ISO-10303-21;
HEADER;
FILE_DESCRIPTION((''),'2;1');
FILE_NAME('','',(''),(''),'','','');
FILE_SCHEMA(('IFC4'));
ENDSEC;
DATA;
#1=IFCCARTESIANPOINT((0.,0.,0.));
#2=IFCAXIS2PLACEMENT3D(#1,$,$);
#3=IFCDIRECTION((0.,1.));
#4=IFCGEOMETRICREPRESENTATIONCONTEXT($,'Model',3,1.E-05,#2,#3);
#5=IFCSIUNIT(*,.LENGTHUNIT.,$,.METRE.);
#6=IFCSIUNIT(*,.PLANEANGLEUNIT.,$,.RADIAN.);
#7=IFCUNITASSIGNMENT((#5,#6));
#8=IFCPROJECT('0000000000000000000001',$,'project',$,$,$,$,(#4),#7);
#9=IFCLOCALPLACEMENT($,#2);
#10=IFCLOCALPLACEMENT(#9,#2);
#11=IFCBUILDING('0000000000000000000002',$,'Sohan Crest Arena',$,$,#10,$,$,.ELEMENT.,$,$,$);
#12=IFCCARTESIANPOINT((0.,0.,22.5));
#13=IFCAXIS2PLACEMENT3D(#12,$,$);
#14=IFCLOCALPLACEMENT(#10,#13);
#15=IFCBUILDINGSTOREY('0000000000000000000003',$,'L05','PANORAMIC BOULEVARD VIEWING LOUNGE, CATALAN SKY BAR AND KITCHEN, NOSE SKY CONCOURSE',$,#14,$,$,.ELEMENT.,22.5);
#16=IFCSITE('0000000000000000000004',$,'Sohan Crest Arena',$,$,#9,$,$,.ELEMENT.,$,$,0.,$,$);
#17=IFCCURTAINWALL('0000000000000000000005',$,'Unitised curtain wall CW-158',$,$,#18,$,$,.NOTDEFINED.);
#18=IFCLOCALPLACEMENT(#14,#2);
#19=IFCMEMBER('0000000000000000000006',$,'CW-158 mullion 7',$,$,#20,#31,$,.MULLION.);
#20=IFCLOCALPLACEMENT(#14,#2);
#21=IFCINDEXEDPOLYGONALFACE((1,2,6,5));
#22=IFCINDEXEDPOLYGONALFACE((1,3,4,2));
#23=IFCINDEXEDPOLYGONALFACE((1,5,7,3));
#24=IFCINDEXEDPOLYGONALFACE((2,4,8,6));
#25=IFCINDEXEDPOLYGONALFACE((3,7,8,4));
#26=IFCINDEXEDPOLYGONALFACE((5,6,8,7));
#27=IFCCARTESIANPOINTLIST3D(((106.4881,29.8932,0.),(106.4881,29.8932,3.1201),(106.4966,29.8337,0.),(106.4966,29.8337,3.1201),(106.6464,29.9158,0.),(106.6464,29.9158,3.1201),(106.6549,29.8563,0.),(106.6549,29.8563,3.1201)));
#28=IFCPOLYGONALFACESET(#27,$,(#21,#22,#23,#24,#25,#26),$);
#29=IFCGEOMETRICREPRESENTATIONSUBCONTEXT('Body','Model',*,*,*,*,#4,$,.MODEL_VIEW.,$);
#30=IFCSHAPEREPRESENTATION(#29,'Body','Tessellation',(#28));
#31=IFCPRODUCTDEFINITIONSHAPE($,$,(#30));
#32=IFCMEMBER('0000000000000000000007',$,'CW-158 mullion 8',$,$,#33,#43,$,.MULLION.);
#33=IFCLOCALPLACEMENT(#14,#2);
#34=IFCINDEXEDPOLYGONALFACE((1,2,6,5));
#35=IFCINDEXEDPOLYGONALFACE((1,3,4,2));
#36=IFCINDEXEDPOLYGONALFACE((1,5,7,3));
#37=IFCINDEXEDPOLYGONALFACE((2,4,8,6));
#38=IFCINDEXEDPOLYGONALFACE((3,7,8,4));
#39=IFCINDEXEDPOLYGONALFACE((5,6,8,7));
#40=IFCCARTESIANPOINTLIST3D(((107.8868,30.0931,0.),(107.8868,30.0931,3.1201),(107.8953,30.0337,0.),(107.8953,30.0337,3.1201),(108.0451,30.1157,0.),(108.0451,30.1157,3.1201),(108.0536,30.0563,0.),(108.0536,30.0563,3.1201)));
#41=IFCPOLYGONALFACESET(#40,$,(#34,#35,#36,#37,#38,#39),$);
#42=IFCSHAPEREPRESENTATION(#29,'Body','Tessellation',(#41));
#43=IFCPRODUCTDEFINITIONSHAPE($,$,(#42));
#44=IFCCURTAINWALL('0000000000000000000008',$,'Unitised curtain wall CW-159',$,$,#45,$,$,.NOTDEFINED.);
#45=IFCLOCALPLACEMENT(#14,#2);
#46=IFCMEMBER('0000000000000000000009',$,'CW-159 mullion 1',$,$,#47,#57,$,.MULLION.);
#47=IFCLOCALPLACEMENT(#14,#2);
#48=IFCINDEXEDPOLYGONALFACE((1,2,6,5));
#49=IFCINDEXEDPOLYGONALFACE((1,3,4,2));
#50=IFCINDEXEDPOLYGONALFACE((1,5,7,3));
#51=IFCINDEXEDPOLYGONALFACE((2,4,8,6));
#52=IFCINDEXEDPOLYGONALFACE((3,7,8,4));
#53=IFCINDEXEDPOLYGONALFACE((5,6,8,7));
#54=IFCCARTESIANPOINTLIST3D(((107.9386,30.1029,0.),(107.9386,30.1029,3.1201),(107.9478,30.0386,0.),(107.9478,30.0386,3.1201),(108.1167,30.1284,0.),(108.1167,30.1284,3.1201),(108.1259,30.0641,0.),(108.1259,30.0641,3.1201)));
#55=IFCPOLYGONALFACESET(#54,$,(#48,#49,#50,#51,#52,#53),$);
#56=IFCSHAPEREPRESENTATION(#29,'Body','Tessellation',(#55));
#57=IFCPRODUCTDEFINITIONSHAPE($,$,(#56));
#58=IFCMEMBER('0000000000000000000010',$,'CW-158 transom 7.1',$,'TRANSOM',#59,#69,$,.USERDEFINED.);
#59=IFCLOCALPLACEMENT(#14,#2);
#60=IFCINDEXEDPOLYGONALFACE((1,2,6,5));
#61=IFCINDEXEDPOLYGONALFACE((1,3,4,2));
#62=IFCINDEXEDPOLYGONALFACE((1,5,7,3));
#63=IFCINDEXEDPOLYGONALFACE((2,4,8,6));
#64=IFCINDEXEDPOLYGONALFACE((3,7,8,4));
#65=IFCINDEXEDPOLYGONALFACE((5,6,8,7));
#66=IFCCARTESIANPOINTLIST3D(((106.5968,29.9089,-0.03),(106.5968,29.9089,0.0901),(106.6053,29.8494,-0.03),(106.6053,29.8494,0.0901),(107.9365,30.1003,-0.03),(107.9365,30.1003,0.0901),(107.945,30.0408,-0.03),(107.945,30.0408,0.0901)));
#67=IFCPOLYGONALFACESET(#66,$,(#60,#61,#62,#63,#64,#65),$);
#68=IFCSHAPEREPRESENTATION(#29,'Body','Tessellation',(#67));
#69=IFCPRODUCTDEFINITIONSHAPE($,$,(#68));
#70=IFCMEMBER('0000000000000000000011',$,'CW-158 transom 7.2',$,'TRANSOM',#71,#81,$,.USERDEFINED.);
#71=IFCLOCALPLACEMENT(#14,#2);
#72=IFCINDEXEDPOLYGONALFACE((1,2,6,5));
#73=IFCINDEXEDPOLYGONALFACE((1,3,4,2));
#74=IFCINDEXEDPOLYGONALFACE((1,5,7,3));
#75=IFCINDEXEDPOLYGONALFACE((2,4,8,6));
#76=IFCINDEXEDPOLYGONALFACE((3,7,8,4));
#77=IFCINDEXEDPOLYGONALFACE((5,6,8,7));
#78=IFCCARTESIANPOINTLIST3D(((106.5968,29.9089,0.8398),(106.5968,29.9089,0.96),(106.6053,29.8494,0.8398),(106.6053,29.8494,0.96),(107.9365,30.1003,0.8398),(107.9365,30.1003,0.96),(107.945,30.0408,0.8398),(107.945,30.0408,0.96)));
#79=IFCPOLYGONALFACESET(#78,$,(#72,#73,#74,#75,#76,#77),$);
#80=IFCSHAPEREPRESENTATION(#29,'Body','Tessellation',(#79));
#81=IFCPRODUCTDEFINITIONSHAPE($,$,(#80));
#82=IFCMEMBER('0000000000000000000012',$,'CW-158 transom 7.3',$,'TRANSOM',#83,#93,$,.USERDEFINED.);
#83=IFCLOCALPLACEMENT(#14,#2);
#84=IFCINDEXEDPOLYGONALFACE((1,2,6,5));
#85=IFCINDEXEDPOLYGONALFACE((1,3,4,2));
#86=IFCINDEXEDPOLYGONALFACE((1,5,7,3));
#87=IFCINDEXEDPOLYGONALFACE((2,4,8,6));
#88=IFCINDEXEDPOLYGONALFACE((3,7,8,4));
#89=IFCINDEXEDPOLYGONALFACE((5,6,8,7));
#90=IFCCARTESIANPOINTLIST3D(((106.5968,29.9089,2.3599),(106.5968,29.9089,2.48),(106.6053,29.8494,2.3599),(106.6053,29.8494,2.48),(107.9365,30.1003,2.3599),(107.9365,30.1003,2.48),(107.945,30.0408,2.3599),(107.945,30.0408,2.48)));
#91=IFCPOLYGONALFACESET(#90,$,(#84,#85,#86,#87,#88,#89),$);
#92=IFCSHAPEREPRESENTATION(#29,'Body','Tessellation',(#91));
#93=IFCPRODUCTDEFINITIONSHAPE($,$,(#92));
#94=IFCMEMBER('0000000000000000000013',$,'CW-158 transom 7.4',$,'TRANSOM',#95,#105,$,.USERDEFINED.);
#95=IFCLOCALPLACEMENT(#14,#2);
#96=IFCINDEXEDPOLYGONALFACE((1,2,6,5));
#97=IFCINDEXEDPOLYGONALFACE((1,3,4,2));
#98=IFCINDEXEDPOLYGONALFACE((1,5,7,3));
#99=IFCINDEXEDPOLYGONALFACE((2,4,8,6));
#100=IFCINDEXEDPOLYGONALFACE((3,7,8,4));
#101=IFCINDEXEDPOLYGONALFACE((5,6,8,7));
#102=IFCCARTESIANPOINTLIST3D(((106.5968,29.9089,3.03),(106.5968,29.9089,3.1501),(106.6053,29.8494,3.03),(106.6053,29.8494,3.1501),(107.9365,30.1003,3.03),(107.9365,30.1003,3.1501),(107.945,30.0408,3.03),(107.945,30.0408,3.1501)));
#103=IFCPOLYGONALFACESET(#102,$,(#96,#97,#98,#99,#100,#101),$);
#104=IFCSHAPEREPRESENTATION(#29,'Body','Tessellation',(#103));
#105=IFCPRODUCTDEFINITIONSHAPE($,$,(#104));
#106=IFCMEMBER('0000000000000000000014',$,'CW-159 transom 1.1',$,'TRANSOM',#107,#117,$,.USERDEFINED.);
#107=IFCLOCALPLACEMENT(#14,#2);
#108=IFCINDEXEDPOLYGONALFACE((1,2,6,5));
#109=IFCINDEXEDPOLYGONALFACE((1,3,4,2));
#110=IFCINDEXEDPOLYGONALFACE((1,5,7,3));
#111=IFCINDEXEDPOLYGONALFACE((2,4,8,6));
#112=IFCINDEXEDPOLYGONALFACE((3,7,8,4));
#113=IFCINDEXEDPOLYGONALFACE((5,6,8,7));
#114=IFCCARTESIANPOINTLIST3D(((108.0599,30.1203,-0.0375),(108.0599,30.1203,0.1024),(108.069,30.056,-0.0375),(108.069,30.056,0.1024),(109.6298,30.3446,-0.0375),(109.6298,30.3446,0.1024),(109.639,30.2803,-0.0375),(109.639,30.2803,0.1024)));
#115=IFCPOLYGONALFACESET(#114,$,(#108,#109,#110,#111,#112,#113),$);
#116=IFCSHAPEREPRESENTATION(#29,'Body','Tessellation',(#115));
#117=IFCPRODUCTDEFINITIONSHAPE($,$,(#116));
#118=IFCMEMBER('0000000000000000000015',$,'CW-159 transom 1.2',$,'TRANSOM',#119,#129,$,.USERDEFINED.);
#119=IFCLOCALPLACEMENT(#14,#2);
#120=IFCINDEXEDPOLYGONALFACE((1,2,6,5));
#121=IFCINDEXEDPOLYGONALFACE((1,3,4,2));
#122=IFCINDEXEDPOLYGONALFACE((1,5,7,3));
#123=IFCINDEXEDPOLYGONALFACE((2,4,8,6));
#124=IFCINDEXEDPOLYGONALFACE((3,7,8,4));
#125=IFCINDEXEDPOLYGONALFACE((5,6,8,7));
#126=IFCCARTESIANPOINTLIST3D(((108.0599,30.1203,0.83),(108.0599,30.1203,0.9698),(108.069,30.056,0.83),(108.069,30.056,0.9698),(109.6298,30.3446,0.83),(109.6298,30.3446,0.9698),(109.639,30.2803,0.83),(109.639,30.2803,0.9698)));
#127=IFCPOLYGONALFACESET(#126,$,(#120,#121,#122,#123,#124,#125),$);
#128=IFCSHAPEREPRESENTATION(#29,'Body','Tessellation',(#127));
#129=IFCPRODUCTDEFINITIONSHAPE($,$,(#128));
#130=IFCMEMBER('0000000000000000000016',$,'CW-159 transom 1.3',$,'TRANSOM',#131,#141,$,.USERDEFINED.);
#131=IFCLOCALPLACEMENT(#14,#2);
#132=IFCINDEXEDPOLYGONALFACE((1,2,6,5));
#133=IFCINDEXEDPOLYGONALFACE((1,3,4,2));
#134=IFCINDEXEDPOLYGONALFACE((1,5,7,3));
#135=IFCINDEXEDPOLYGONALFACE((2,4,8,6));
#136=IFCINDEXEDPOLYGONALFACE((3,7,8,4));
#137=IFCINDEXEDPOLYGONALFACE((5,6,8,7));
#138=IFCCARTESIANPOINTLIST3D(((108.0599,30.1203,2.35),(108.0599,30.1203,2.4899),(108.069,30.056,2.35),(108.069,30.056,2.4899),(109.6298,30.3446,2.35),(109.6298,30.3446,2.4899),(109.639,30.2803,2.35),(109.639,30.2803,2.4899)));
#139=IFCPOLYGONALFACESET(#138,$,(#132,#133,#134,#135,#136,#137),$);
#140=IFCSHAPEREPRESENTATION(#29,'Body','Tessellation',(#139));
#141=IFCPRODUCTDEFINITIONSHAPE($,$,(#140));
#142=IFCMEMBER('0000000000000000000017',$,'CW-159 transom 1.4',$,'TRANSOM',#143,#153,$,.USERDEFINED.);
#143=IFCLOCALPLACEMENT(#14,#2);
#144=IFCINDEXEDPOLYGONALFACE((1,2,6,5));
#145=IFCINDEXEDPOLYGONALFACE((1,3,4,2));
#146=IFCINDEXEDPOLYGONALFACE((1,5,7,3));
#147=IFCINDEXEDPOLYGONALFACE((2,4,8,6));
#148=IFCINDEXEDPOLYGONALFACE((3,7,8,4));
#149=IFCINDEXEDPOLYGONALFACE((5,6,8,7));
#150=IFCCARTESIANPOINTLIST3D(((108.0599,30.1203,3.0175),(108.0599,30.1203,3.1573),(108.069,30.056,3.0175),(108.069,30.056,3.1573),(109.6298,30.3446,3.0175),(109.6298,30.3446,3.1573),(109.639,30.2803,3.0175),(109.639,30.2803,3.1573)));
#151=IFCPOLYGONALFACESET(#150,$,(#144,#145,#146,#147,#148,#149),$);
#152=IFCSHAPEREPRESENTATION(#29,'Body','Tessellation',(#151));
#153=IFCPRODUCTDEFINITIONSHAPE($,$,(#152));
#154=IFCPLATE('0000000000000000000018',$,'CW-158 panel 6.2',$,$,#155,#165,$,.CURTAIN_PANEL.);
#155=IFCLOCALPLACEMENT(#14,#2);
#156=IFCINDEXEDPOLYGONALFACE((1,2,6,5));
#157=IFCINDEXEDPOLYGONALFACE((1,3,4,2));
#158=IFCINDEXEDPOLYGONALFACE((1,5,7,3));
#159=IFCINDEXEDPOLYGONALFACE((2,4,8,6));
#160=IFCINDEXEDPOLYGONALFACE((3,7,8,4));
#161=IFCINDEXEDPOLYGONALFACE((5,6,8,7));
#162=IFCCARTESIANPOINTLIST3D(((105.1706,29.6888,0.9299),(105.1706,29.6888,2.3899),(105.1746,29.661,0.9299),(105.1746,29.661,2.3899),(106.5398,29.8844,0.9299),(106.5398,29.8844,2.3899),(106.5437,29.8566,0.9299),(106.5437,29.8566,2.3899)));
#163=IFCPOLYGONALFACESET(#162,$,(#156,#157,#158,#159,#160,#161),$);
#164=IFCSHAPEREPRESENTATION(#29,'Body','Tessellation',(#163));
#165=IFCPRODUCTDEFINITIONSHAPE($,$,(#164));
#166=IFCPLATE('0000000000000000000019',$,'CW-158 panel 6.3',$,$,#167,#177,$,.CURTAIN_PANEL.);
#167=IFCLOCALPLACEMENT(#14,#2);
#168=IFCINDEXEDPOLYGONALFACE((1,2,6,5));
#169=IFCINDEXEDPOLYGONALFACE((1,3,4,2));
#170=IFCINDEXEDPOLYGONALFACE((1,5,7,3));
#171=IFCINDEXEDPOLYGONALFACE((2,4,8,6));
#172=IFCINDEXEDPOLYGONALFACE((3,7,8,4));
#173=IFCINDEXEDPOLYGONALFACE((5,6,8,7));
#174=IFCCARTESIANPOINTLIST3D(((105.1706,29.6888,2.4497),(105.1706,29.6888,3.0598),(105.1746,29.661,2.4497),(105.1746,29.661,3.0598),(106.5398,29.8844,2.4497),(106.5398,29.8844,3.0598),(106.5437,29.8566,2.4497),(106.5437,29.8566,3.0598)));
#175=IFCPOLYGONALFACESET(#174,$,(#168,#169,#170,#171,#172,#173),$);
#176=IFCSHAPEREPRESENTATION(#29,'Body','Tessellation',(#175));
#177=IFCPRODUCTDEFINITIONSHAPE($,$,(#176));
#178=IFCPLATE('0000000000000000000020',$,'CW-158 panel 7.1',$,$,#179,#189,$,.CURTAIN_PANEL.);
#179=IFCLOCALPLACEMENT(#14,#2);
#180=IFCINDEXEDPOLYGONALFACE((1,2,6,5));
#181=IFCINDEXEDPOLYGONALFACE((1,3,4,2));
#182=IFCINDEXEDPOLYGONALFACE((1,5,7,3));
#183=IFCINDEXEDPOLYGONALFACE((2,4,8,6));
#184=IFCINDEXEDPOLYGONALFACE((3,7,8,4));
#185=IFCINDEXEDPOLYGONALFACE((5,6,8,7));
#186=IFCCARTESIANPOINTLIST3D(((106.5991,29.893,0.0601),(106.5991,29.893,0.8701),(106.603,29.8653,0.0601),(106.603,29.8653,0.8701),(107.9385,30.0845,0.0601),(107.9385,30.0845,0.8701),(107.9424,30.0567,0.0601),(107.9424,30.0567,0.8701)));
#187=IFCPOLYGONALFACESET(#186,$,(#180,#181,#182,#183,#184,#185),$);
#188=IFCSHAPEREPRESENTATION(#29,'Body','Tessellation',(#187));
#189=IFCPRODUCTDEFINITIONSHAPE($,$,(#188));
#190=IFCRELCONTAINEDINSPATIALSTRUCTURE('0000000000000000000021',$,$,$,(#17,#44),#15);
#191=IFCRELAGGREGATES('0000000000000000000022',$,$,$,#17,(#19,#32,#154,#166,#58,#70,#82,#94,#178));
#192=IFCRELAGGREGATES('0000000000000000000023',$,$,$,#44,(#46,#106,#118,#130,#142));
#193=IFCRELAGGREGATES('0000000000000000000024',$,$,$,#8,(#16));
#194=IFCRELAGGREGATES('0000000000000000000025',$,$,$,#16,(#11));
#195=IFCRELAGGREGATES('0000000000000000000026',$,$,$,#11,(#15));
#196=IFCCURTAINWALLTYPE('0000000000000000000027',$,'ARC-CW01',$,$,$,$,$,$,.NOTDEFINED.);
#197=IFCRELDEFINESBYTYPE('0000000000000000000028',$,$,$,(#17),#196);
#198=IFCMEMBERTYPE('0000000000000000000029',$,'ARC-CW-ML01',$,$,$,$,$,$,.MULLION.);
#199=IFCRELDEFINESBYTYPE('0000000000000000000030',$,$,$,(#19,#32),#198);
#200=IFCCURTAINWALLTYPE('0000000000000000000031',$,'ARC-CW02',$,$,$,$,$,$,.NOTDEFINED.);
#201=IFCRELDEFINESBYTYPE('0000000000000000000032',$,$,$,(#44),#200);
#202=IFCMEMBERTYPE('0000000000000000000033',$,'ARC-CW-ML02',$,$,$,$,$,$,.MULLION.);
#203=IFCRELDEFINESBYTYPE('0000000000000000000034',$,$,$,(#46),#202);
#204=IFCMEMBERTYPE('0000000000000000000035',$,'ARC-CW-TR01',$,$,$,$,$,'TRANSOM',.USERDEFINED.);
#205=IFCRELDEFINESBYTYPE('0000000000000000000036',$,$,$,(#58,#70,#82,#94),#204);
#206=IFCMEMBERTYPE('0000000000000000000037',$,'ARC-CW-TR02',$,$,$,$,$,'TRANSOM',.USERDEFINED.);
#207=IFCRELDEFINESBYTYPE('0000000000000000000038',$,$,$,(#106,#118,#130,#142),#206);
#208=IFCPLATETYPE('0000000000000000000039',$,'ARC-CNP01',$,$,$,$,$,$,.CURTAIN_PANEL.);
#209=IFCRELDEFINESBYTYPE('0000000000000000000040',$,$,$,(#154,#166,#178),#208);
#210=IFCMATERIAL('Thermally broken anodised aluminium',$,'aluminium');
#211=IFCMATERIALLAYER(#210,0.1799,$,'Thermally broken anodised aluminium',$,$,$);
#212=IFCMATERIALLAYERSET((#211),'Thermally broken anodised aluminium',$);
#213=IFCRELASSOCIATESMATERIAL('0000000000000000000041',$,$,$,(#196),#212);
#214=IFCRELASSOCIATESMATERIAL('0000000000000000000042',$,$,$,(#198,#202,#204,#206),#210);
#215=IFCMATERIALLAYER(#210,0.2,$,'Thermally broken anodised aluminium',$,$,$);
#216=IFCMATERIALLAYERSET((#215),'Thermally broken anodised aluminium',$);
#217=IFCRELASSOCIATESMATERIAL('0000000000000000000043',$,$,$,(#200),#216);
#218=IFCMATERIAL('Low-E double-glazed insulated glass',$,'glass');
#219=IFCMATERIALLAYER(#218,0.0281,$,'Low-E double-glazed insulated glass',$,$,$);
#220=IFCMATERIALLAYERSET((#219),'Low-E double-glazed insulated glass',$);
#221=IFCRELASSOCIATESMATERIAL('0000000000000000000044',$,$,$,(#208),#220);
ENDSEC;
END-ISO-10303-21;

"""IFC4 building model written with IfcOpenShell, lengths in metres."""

from ifc_helpers import new_model, si_unit, direction, frame, origin, origin_2d, place, context, subcontext, project, spatial, rectangle, extrude, material, layer, layer_set, material_profile, profile_set, type_object, element, aggregate, save


model = new_model("IFC4")

# Units and contexts
model_context = context("Model", 3, precision=1e-05, world=origin(), true_north=direction((0.0, 1.0)))
body_context = subcontext(model_context, "Body", "Model", "MODEL_VIEW")
ifc_project = project(units=[si_unit("LENGTHUNIT", "METRE"), si_unit("PLANEANGLEUNIT", "RADIAN")], contexts=[model_context])

# Site, building, storey
site_placement = place(None, origin())
site = spatial("IfcSite", under=ifc_project, at=site_placement, Name="Sohan Crest Arena", CompositionType="ELEMENT", RefElevation=0.0)
building_placement = place(site_placement, origin())
building = spatial("IfcBuilding", under=site, at=building_placement, Name="Sohan Crest Arena", CompositionType="ELEMENT")
storey_placement = place(building_placement, frame((0.0, 0.0, 22.5)))
storey = spatial("IfcBuildingStorey", under=building, at=storey_placement, Name="L05", Description="PANORAMIC BOULEVARD VIEWING LOUNGE, CATALAN SKY BAR AND KITCHEN, NOSE SKY CONCOURSE", CompositionType="ELEMENT", Elevation=22.5)

# Curtain wall, members
ifc_material_1 = material(Name="Thermally broken anodised aluminium", Category="aluminium")
ifc_layer_1 = layer(ifc_material_1, 0.1799, Name="Thermally broken anodised aluminium")
ifc_layer_set_1 = layer_set([ifc_layer_1], Name="Thermally broken anodised aluminium")
curtain_wall_type_1 = type_object("IfcCurtainWallType", Name="ARC-CW01", PredefinedType="NOTDEFINED", material=ifc_layer_set_1)
curtain_wall_1_placement = place(storey_placement, origin())
curtain_wall_1 = element("IfcCurtainWall", 1, at=curtain_wall_1_placement, inside=storey, type_object=curtain_wall_type_1, Name="Unitised curtain wall CW-158", PredefinedType="NOTDEFINED")
ifc_material_profile_1 = material_profile(ifc_material_1, rectangle(XDim=0.0601, YDim=0.1599, at=origin_2d()), Name="ALU-MULL 60x160")
ifc_profile_set_1 = profile_set([ifc_material_profile_1], Name="Thermally broken anodised aluminium")
member_type_1 = type_object("IfcMemberType", Name="ARC-CW-ML01", PredefinedType="MULLION", material=ifc_profile_set_1)
member_1_placement = place(storey_placement, frame((106.5715, 29.8748, 0.0), z_axis=(0.0, 0.0, 1.0), x_axis=(-0.141463, 0.989944, 0.0)))
member_1 = element("IfcMember", 2, at=member_1_placement, type_object=member_type_1, Name="CW-158 mullion 7", PredefinedType="MULLION", context=body_context, shape_type="SweptSolid", body=[
    extrude(rectangle(XDim=0.0601, YDim=0.1599, at=origin_2d()), origin(), (0.0, 0.0, 1.0), 3.1201),
])
member_2_placement = place(storey_placement, frame((107.9702, 30.0747, 0.0), z_axis=(0.0, 0.0, 1.0), x_axis=(-0.141463, 0.989944, 0.0)))
member_2 = element("IfcMember", 3, at=member_2_placement, type_object=member_type_1, Name="CW-158 mullion 8", PredefinedType="MULLION", context=body_context, shape_type="SweptSolid", body=[
    extrude(rectangle(XDim=0.0601, YDim=0.1599, at=origin_2d()), origin(), (0.0, 0.0, 1.0), 3.1201),
])

# Curtain wall, member
ifc_layer_2 = layer(ifc_material_1, 0.2, Name="Thermally broken anodised aluminium")
ifc_layer_set_2 = layer_set([ifc_layer_2], Name="Thermally broken anodised aluminium")
curtain_wall_type_2 = type_object("IfcCurtainWallType", Name="ARC-CW02", PredefinedType="NOTDEFINED", material=ifc_layer_set_2)
curtain_wall_2_placement = place(storey_placement, origin())
curtain_wall_2 = element("IfcCurtainWall", 4, at=curtain_wall_2_placement, inside=storey, type_object=curtain_wall_type_2, Name="Unitised curtain wall CW-159", PredefinedType="NOTDEFINED")
ifc_material_profile_2 = material_profile(ifc_material_1, rectangle(XDim=0.0649, YDim=0.1799, at=origin_2d()), Name="ALU-MULL 65x180")
ifc_profile_set_2 = profile_set([ifc_material_profile_2], Name="Thermally broken anodised aluminium")
member_type_2 = type_object("IfcMemberType", Name="ARC-CW-ML02", PredefinedType="MULLION", material=ifc_profile_set_2)
member_3_placement = place(storey_placement, frame((108.0322, 30.0835, 0.0), z_axis=(0.0, 0.0, 1.0), x_axis=(-0.141366, 0.989957, 0.0)))
member_3 = element("IfcMember", 5, at=member_3_placement, type_object=member_type_2, Name="CW-159 mullion 1", PredefinedType="MULLION", context=body_context, shape_type="SweptSolid", body=[
    extrude(rectangle(XDim=0.0649, YDim=0.1799, at=origin_2d()), origin(), (0.0, 0.0, 1.0), 3.1201),
])

# Members
ifc_material_profile_3 = material_profile(ifc_material_1, rectangle(XDim=0.0601, YDim=0.1201, at=origin_2d()), Name="ALU-TRAN 60x120")
ifc_profile_set_3 = profile_set([ifc_material_profile_3], Name="Thermally broken anodised aluminium")
member_type_3 = type_object("IfcMemberType", Name="ARC-CW-TR01", ElementType="TRANSOM", PredefinedType="USERDEFINED", material=ifc_profile_set_3)
member_4_placement = place(storey_placement, frame((106.6011, 29.8792, 0.03), z_axis=(0.989946, 0.141447, 0.0), x_axis=(-0.141447, 0.989946, 0.0)))
member_4 = element("IfcMember", 6, at=member_4_placement, type_object=member_type_3, Name="CW-158 transom 7.1", ObjectType="TRANSOM", PredefinedType="USERDEFINED", context=body_context, shape_type="SweptSolid", body=[
    extrude(rectangle(XDim=0.0601, YDim=0.1201, at=origin_2d()), origin(), (0.0, 0.0, 1.0), 1.3533),
])
member_5_placement = place(storey_placement, frame((106.6011, 29.8792, 0.8999), z_axis=(0.989946, 0.141447, 0.0), x_axis=(-0.141447, 0.989946, 0.0)))
member_5 = element("IfcMember", 7, at=member_5_placement, type_object=member_type_3, Name="CW-158 transom 7.2", ObjectType="TRANSOM", PredefinedType="USERDEFINED", context=body_context, shape_type="SweptSolid", body=[
    extrude(rectangle(XDim=0.0601, YDim=0.1201, at=origin_2d()), origin(), (0.0, 0.0, 1.0), 1.3533),
])
member_6_placement = place(storey_placement, frame((106.6011, 29.8792, 2.4199), z_axis=(0.989946, 0.141447, 0.0), x_axis=(-0.141447, 0.989946, 0.0)))
member_6 = element("IfcMember", 8, at=member_6_placement, type_object=member_type_3, Name="CW-158 transom 7.3", ObjectType="TRANSOM", PredefinedType="USERDEFINED", context=body_context, shape_type="SweptSolid", body=[
    extrude(rectangle(XDim=0.0601, YDim=0.1201, at=origin_2d()), origin(), (0.0, 0.0, 1.0), 1.3533),
])
member_7_placement = place(storey_placement, frame((106.6011, 29.8792, 3.0901), z_axis=(0.989946, 0.141447, 0.0), x_axis=(-0.141447, 0.989946, 0.0)))
member_7 = element("IfcMember", 9, at=member_7_placement, type_object=member_type_3, Name="CW-158 transom 7.4", ObjectType="TRANSOM", PredefinedType="USERDEFINED", context=body_context, shape_type="SweptSolid", body=[
    extrude(rectangle(XDim=0.0601, YDim=0.1201, at=origin_2d()), origin(), (0.0, 0.0, 1.0), 1.3533),
])
ifc_material_profile_4 = material_profile(ifc_material_1, rectangle(XDim=0.0649, YDim=0.1399, at=origin_2d()), Name="ALU-TRAN 65x140")
ifc_profile_set_4 = profile_set([ifc_material_profile_4], Name="Thermally broken anodised aluminium")
member_type_4 = type_object("IfcMemberType", Name="ARC-CW-TR02", ElementType="TRANSOM", PredefinedType="USERDEFINED", material=ifc_profile_set_4)
member_8_placement = place(storey_placement, frame((108.0645, 30.0881, 0.0325), z_axis=(0.989943, 0.141464, 0.0), x_axis=(-0.141464, 0.989943, 0.0)))
member_8 = element("IfcMember", 10, at=member_8_placement, type_object=member_type_4, Name="CW-159 transom 1.1", ObjectType="TRANSOM", PredefinedType="USERDEFINED", context=body_context, shape_type="SweptSolid", body=[
    extrude(rectangle(XDim=0.0649, YDim=0.1399, at=origin_2d()), origin(), (0.0, 0.0, 1.0), 1.5859),
])
member_9_placement = place(storey_placement, frame((108.0645, 30.0881, 0.8999), z_axis=(0.989943, 0.141464, 0.0), x_axis=(-0.141464, 0.989943, 0.0)))
member_9 = element("IfcMember", 11, at=member_9_placement, type_object=member_type_4, Name="CW-159 transom 1.2", ObjectType="TRANSOM", PredefinedType="USERDEFINED", context=body_context, shape_type="SweptSolid", body=[
    extrude(rectangle(XDim=0.0649, YDim=0.1399, at=origin_2d()), origin(), (0.0, 0.0, 1.0), 1.5859),
])
member_10_placement = place(storey_placement, frame((108.0645, 30.0881, 2.4199), z_axis=(0.989943, 0.141464, 0.0), x_axis=(-0.141464, 0.989943, 0.0)))
member_10 = element("IfcMember", 12, at=member_10_placement, type_object=member_type_4, Name="CW-159 transom 1.3", ObjectType="TRANSOM", PredefinedType="USERDEFINED", context=body_context, shape_type="SweptSolid", body=[
    extrude(rectangle(XDim=0.0649, YDim=0.1399, at=origin_2d()), origin(), (0.0, 0.0, 1.0), 1.5859),
])
member_11_placement = place(storey_placement, frame((108.0645, 30.0881, 3.0874), z_axis=(0.989943, 0.141464, 0.0), x_axis=(-0.141464, 0.989943, 0.0)))
member_11 = element("IfcMember", 13, at=member_11_placement, type_object=member_type_4, Name="CW-159 transom 1.4", ObjectType="TRANSOM", PredefinedType="USERDEFINED", context=body_context, shape_type="SweptSolid", body=[
    extrude(rectangle(XDim=0.0649, YDim=0.1399, at=origin_2d()), origin(), (0.0, 0.0, 1.0), 1.5859),
])

# Plates
ifc_material_2 = material(Name="Low-E double-glazed insulated glass", Category="glass")
ifc_layer_3 = layer(ifc_material_2, 0.0281, Name="Low-E double-glazed insulated glass")
ifc_layer_set_3 = layer_set([ifc_layer_3], Name="Low-E double-glazed insulated glass")
plate_type_1 = type_object("IfcPlateType", Name="ARC-CNP01", PredefinedType="CURTAIN_PANEL", material=ifc_layer_set_3)
plate_1_placement = place(storey_placement, frame((105.8572, 29.7727, 0.9299), z_axis=(0.0, 0.0, 1.0), x_axis=(0.989944, 0.141463, 0.0)))
plate_1 = element("IfcPlate", 14, at=plate_1_placement, type_object=plate_type_1, Name="CW-158 panel 6.2", PredefinedType="CURTAIN_PANEL", context=body_context, shape_type="SweptSolid", body=[
    extrude(rectangle(XDim=1.3831, YDim=0.0281, at=origin_2d()), origin(), (0.0, 0.0, 1.0), 1.46),
])
plate_2_placement = place(storey_placement, frame((105.8572, 29.7727, 2.4497), z_axis=(0.0, 0.0, 1.0), x_axis=(0.989944, 0.141463, 0.0)))
plate_2 = element("IfcPlate", 15, at=plate_2_placement, type_object=plate_type_1, Name="CW-158 panel 6.3", PredefinedType="CURTAIN_PANEL", context=body_context, shape_type="SweptSolid", body=[
    extrude(rectangle(XDim=1.3831, YDim=0.0281, at=origin_2d()), origin(), (0.0, 0.0, 1.0), 0.6101),
])
plate_3_placement = place(storey_placement, frame((107.2708, 29.9749, 0.0601), z_axis=(0.0, 0.0, 1.0), x_axis=(0.989944, 0.141463, 0.0)))
plate_3 = element("IfcPlate", 16, at=plate_3_placement, type_object=plate_type_1, Name="CW-158 panel 7.1", PredefinedType="CURTAIN_PANEL", context=body_context, shape_type="SweptSolid", body=[
    extrude(rectangle(XDim=1.353, YDim=0.0281, at=origin_2d()), origin(), (0.0, 0.0, 1.0), 0.8101),
])
aggregate(curtain_wall_1, [member_1, member_2, plate_1, plate_2, member_4, member_5, member_6, member_7, plate_3])
aggregate(curtain_wall_2, [member_3, member_8, member_9, member_10, member_11])

save(model, "model.ifc")
